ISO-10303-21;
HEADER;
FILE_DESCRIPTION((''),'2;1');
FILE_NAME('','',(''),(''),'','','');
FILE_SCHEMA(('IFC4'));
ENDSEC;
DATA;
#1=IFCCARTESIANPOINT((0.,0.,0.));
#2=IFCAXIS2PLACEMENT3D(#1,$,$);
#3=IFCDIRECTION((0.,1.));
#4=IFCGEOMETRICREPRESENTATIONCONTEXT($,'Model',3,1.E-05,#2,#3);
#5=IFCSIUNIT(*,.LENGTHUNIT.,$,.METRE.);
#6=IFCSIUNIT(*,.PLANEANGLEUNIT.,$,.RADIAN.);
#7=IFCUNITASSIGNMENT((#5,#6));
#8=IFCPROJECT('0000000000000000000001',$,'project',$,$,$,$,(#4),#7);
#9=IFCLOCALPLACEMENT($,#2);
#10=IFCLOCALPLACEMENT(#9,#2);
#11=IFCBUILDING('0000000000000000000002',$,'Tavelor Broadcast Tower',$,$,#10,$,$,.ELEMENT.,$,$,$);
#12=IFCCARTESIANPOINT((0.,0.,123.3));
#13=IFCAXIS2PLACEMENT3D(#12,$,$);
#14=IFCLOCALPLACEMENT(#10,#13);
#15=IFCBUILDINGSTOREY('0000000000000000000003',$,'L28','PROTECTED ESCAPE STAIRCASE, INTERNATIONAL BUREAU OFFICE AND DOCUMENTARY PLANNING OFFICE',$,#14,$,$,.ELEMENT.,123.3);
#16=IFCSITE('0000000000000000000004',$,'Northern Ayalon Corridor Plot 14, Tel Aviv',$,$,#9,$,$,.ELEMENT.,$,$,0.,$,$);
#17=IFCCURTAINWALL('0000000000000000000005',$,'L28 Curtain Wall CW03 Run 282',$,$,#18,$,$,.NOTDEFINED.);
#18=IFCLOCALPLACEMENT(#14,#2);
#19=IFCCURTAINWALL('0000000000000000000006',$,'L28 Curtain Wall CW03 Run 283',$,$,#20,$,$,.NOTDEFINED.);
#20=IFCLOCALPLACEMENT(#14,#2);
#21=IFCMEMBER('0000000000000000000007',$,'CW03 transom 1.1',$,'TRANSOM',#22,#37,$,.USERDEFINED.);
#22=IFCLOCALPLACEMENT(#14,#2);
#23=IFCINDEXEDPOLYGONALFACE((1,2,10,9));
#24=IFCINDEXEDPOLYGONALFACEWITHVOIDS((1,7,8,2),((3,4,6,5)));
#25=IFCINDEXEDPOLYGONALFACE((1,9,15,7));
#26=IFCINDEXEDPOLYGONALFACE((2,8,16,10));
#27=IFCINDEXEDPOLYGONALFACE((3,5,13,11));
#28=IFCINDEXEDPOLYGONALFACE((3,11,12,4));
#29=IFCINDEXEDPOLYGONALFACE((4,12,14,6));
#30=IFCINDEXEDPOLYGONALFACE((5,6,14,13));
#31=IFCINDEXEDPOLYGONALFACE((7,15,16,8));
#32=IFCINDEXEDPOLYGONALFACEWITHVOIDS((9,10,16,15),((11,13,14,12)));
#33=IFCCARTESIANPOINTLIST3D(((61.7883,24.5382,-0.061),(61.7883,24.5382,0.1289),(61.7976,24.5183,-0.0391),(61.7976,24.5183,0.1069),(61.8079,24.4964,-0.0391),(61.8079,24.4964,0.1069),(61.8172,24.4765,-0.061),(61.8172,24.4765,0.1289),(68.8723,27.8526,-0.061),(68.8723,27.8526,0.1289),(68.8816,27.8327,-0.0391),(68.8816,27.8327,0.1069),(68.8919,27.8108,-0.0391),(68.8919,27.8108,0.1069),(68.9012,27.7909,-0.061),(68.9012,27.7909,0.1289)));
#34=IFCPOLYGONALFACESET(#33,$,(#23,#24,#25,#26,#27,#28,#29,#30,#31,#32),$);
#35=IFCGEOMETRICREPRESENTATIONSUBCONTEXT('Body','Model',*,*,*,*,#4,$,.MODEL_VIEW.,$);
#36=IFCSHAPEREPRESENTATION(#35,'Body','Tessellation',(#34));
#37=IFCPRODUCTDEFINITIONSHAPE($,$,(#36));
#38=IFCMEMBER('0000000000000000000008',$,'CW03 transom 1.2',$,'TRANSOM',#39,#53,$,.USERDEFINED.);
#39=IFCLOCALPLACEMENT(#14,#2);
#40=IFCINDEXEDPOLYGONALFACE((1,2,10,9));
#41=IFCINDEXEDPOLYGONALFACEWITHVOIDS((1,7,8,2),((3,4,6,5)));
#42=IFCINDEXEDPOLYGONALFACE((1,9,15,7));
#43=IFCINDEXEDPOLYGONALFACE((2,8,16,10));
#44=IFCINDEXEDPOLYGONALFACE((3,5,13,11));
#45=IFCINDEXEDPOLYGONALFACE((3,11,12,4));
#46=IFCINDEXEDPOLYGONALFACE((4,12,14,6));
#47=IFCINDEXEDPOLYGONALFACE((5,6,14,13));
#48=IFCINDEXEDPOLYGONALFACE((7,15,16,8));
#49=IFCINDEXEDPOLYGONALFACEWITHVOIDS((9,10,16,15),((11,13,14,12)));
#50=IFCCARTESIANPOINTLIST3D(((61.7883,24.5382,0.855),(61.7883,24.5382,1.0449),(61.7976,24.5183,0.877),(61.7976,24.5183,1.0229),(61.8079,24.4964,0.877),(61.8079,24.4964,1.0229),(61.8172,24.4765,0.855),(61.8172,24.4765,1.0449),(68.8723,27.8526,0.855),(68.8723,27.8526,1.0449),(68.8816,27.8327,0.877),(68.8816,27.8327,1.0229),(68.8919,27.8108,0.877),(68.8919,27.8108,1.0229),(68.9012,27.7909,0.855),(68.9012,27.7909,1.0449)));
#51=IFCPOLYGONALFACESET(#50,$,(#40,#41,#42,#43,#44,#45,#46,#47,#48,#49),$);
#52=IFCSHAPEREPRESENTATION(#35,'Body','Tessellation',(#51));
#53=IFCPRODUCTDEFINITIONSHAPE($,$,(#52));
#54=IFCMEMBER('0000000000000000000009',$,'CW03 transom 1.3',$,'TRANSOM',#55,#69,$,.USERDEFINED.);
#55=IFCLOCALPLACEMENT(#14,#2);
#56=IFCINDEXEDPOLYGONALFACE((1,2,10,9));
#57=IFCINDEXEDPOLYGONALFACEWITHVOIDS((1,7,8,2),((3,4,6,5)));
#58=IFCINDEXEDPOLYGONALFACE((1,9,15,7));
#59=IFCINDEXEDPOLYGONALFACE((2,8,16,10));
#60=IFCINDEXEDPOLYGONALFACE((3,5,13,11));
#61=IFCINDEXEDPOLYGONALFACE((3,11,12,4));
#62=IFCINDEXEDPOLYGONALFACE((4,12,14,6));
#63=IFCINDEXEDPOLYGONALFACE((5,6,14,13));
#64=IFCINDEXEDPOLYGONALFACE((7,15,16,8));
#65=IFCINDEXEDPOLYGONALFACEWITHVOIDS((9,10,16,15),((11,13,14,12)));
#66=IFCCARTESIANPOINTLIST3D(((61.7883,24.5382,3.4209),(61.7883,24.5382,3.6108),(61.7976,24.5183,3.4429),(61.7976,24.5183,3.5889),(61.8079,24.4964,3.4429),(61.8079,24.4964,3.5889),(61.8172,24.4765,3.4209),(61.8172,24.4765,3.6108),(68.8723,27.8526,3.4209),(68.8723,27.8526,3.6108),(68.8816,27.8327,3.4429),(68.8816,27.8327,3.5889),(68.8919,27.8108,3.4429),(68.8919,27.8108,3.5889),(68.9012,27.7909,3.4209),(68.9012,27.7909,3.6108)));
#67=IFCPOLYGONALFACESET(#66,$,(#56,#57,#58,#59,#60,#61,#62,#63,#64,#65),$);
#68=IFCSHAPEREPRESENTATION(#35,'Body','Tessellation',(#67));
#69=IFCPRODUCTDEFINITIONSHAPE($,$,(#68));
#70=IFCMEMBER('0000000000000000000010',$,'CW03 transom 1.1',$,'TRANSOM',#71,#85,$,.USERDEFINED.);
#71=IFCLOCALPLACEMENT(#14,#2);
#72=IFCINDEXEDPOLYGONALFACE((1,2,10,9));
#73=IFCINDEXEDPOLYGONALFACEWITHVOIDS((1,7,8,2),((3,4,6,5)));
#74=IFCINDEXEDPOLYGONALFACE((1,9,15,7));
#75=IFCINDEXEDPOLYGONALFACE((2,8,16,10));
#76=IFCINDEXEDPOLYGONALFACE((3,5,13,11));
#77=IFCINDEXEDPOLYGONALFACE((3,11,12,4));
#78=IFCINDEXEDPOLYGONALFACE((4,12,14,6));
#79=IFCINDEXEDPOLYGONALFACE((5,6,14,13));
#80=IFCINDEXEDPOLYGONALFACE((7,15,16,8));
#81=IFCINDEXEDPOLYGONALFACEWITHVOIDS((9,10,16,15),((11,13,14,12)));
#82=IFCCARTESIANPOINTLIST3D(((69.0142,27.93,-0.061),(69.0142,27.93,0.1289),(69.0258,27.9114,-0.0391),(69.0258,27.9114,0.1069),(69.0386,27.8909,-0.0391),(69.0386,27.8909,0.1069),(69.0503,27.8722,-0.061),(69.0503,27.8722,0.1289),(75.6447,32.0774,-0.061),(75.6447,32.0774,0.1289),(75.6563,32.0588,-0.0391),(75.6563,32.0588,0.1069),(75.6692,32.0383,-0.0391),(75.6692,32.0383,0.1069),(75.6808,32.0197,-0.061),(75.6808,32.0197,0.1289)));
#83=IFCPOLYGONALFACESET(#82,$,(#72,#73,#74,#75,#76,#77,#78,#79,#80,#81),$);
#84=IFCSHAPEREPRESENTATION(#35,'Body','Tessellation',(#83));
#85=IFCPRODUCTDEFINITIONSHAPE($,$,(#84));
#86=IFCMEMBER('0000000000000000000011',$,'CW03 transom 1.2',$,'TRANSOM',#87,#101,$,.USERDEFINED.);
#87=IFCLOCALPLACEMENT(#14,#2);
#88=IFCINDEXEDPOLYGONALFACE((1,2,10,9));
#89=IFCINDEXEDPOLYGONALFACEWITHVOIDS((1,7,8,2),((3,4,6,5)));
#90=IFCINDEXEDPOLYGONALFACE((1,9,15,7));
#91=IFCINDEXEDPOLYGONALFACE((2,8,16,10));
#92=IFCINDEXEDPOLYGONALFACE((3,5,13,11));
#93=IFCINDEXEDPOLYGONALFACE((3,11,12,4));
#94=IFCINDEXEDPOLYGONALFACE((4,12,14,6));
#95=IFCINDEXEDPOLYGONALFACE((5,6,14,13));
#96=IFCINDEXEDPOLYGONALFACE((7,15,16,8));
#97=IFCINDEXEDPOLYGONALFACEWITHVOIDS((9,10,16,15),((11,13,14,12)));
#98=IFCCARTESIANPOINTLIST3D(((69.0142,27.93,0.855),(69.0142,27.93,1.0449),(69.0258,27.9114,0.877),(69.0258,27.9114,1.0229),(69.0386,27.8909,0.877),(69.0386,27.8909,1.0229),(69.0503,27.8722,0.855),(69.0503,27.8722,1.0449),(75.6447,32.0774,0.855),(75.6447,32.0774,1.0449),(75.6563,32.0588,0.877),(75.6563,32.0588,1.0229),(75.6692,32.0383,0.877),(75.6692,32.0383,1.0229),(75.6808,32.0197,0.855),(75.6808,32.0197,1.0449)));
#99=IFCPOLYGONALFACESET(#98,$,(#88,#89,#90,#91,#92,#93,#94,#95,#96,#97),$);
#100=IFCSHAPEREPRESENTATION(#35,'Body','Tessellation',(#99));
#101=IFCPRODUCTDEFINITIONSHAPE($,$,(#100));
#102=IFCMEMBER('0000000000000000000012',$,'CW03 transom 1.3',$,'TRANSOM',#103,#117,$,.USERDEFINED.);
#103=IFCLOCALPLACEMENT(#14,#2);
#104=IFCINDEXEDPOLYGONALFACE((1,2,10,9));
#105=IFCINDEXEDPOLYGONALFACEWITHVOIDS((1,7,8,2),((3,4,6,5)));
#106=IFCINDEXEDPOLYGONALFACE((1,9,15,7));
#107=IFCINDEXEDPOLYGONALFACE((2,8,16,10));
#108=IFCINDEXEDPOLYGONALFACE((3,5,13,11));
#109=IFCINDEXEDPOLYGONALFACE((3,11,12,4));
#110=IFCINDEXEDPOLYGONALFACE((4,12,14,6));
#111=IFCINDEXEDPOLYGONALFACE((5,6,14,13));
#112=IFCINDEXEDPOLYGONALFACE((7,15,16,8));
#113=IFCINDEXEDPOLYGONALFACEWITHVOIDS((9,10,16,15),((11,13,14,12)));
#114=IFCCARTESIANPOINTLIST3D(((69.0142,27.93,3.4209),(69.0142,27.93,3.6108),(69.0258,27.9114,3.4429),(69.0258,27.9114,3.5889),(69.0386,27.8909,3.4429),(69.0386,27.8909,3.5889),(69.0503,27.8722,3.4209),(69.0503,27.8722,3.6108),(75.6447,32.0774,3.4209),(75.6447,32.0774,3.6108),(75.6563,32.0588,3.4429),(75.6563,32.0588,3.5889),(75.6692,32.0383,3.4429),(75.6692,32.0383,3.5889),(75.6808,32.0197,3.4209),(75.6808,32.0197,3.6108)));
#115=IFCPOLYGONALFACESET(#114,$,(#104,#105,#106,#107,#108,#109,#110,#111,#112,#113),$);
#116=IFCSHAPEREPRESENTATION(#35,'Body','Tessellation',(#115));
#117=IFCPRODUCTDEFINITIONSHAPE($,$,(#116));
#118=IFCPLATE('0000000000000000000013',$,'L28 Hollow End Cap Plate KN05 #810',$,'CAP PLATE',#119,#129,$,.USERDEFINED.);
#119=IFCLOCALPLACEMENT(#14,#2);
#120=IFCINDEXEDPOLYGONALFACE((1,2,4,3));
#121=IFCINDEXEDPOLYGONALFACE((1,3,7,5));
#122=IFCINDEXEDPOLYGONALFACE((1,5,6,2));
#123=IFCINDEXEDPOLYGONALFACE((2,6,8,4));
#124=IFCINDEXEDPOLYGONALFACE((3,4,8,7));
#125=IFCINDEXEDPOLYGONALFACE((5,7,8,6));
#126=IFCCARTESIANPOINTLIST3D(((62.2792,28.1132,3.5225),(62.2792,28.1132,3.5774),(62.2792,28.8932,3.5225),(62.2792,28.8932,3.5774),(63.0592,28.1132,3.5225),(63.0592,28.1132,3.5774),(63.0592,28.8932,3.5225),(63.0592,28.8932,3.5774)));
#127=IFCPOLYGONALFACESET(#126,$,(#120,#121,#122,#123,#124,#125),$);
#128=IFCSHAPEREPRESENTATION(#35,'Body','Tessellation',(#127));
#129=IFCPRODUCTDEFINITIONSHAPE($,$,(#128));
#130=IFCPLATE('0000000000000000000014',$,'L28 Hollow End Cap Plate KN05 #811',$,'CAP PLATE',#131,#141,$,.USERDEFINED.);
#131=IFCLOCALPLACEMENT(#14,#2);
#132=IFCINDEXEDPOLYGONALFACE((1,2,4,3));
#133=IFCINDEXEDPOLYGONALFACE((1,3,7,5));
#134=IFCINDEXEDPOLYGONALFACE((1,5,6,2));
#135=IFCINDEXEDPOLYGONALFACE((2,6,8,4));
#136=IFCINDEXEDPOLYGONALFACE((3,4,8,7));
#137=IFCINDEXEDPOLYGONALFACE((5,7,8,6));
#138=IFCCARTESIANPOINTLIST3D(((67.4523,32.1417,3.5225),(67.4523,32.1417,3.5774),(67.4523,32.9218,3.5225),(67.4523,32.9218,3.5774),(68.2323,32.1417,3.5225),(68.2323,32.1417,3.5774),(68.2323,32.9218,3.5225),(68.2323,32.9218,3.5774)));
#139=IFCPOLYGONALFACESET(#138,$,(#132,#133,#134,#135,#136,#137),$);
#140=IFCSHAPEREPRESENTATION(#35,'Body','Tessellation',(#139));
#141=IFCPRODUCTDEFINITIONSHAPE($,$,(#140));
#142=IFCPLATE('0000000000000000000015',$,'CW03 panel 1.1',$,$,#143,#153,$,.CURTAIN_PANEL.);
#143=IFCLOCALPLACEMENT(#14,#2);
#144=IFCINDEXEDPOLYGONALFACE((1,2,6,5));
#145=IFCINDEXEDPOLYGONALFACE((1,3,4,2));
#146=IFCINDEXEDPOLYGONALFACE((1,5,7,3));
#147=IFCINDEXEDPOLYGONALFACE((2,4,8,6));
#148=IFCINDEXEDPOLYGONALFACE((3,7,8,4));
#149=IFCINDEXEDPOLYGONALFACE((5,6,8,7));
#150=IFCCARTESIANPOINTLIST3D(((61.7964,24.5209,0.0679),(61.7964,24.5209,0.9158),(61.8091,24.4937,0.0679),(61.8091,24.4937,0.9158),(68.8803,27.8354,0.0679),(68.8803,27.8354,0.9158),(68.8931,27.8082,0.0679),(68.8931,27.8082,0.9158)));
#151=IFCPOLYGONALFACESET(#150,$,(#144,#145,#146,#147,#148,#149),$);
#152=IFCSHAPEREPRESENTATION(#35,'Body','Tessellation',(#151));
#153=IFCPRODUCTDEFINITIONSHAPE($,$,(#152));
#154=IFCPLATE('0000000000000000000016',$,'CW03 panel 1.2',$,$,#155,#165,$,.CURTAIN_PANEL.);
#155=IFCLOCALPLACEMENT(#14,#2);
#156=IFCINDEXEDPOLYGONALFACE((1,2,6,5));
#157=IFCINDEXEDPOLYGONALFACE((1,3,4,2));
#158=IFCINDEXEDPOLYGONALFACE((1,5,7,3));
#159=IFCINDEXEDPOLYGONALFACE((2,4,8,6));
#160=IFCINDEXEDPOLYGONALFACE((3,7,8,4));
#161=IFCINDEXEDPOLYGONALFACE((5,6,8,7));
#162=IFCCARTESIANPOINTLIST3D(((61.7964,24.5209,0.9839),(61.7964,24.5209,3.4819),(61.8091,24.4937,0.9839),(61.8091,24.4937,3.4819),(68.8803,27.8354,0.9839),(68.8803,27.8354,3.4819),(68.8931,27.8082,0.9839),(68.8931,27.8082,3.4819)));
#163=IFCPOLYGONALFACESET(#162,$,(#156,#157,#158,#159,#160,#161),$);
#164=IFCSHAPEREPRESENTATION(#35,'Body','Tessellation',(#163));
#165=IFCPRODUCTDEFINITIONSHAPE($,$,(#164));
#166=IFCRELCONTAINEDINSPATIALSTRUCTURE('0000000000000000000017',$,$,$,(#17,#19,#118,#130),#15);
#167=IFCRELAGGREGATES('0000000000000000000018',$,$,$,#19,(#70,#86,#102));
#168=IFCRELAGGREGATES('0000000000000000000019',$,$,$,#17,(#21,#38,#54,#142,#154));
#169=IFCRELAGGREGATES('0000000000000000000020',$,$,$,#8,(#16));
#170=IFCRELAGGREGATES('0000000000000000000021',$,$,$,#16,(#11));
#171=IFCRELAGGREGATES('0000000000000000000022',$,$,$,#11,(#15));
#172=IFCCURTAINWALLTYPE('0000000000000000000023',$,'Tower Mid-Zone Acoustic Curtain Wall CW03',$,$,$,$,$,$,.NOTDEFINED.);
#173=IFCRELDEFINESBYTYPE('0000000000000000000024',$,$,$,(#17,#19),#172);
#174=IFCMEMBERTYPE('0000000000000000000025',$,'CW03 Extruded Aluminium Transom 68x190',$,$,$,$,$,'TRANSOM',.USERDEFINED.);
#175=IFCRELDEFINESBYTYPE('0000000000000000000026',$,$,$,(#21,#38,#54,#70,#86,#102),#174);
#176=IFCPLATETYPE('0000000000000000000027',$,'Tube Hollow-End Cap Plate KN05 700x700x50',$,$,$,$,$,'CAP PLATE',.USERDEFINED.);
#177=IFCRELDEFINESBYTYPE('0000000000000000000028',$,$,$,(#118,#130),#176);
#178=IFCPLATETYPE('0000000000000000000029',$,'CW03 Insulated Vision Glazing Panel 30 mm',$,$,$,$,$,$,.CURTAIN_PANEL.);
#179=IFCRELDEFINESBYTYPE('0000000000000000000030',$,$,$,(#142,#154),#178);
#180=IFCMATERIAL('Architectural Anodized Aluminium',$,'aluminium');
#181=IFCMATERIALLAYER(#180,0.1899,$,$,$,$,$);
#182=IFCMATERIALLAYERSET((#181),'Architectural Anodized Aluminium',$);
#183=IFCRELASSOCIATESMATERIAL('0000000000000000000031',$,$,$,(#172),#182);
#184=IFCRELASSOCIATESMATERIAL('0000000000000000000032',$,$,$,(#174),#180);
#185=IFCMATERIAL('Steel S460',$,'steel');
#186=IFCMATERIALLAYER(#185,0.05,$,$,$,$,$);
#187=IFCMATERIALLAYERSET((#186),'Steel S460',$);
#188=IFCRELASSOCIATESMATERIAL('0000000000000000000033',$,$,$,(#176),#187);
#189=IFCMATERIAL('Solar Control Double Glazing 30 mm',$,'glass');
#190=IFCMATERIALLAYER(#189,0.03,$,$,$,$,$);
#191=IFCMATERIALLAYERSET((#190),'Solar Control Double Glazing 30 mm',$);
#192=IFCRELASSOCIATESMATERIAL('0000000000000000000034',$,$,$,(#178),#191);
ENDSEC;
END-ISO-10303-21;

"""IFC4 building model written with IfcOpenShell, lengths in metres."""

from ifc_helpers import new_model, si_unit, direction, frame, origin, origin_2d, place, context, subcontext, project, spatial, rectangle, hollow_rectangle, extrude, source, transform, mapped, material, layer, layer_set, material_profile, profile_set, type_object, type_shapes, element, aggregate, save


model = new_model("IFC4")

# Units and contexts
model_context = context("Model", 3, precision=1e-05, world=origin(), true_north=direction((0.0, 1.0)))
body_context = subcontext(model_context, "Body", "Model", "MODEL_VIEW")
ifc_project = project(units=[si_unit("LENGTHUNIT", "METRE"), si_unit("PLANEANGLEUNIT", "RADIAN")], contexts=[model_context])

# Site, building, storey
site_placement = place(None, origin())
site = spatial("IfcSite", under=ifc_project, at=site_placement, Name="Northern Ayalon Corridor Plot 14, Tel Aviv", CompositionType="ELEMENT", RefElevation=0.0)
building_placement = place(site_placement, origin())
building = spatial("IfcBuilding", under=site, at=building_placement, Name="Tavelor Broadcast Tower", CompositionType="ELEMENT")
storey_placement = place(building_placement, frame((0.0, 0.0, 123.3)))
storey = spatial("IfcBuildingStorey", under=building, at=storey_placement, Name="L28", Description="PROTECTED ESCAPE STAIRCASE, INTERNATIONAL BUREAU OFFICE AND DOCUMENTARY PLANNING OFFICE", CompositionType="ELEMENT", Elevation=123.3)

# Shared definitions
ifc_material_1 = material(Name="Steel S460", Category="steel")

# Curtain walls
ifc_material_2 = material(Name="Architectural Anodized Aluminium", Category="aluminium")
ifc_layer_1 = layer(ifc_material_2, 0.1899)
ifc_layer_set_1 = layer_set([ifc_layer_1], Name="Architectural Anodized Aluminium")
curtain_wall_type = type_object("IfcCurtainWallType", Name="Tower Mid-Zone Acoustic Curtain Wall CW03", PredefinedType="NOTDEFINED", material=ifc_layer_set_1)
curtain_wall_1_placement = place(storey_placement, origin())
curtain_wall_1 = element("IfcCurtainWall", 1, at=curtain_wall_1_placement, inside=storey, type_object=curtain_wall_type, Name="L28 Curtain Wall CW03 Run 282", PredefinedType="NOTDEFINED")
curtain_wall_2_placement = place(storey_placement, origin())
curtain_wall_2 = element("IfcCurtainWall", 2, at=curtain_wall_2_placement, inside=storey, type_object=curtain_wall_type, Name="L28 Curtain Wall CW03 Run 283", PredefinedType="NOTDEFINED")

# Members
ifc_material_profile_1 = material_profile(ifc_material_2, hollow_rectangle(XDim=0.0681, YDim=0.1899, WallThickness=0.022, at=origin_2d()), Name="RHS 68x190x22")
ifc_profile_set_1 = profile_set([ifc_material_profile_1], Name="Architectural Anodized Aluminium")
member_type_1 = type_object("IfcMemberType", Name="CW03 Extruded Aluminium Transom 68x190", ElementType="TRANSOM", PredefinedType="USERDEFINED", material=ifc_profile_set_1)
shared_shape_1 = source(origin(), body_context, "Body", "SweptSolid", [
    extrude(hollow_rectangle(XDim=0.0681, YDim=0.1899, WallThickness=0.022, at=origin_2d()), origin(), (0.0, 0.0, 1.0), 7.821),
])
member_1_placement = place(storey_placement, frame((61.8027, 24.5073, 0.0339), z_axis=(0.905762, 0.423788, 0.0), x_axis=(-0.423788, 0.905762, 0.0)))
member_1 = element("IfcMember", 3, at=member_1_placement, type_object=member_type_1, Name="CW03 transom 1.1", ObjectType="TRANSOM", PredefinedType="USERDEFINED", context=body_context, shape_type="MappedRepresentation", body=[
    mapped(shared_shape_1, transform((0.0, 0.0, 0.0), scale=1.0)),
])
member_2_placement = place(storey_placement, frame((61.8027, 24.5073, 0.95), z_axis=(0.905762, 0.423788, 0.0), x_axis=(-0.423788, 0.905762, 0.0)))
member_2 = element("IfcMember", 4, at=member_2_placement, type_object=member_type_1, Name="CW03 transom 1.2", ObjectType="TRANSOM", PredefinedType="USERDEFINED", context=body_context, shape_type="MappedRepresentation", body=[
    mapped(shared_shape_1, transform((0.0, 0.0, 0.0), scale=1.0)),
])
member_3_placement = place(storey_placement, frame((61.8027, 24.5073, 3.5159), z_axis=(0.905762, 0.423788, 0.0), x_axis=(-0.423788, 0.905762, 0.0)))
member_3 = element("IfcMember", 5, at=member_3_placement, type_object=member_type_1, Name="CW03 transom 1.3", ObjectType="TRANSOM", PredefinedType="USERDEFINED", context=body_context, shape_type="MappedRepresentation", body=[
    mapped(shared_shape_1, transform((0.0, 0.0, 0.0), scale=1.0)),
])
shared_shape_2 = source(origin(), body_context, "Body", "SweptSolid", [
    extrude(hollow_rectangle(XDim=0.0681, YDim=0.1899, WallThickness=0.022, at=origin_2d()), origin(), (0.0, 0.0, 1.0), 7.8208),
])
type_shapes(member_type_1, [shared_shape_1, shared_shape_2])
member_4_placement = place(storey_placement, frame((69.0322, 27.9011, 0.0339), z_axis=(0.847807, 0.530305, 0.0), x_axis=(-0.530305, 0.847807, 0.0)))
member_4 = element("IfcMember", 6, at=member_4_placement, type_object=member_type_1, Name="CW03 transom 1.1", ObjectType="TRANSOM", PredefinedType="USERDEFINED", context=body_context, shape_type="MappedRepresentation", body=[
    mapped(shared_shape_2, transform((0.0, 0.0, 0.0), scale=1.0)),
])
member_5_placement = place(storey_placement, frame((69.0322, 27.9011, 0.95), z_axis=(0.847807, 0.530305, 0.0), x_axis=(-0.530305, 0.847807, 0.0)))
member_5 = element("IfcMember", 7, at=member_5_placement, type_object=member_type_1, Name="CW03 transom 1.2", ObjectType="TRANSOM", PredefinedType="USERDEFINED", context=body_context, shape_type="MappedRepresentation", body=[
    mapped(shared_shape_2, transform((0.0, 0.0, 0.0), scale=1.0)),
])
member_6_placement = place(storey_placement, frame((69.0322, 27.9011, 3.5159), z_axis=(0.847807, 0.530305, 0.0), x_axis=(-0.530305, 0.847807, 0.0)))
member_6 = element("IfcMember", 8, at=member_6_placement, type_object=member_type_1, Name="CW03 transom 1.3", ObjectType="TRANSOM", PredefinedType="USERDEFINED", context=body_context, shape_type="MappedRepresentation", body=[
    mapped(shared_shape_2, transform((0.0, 0.0, 0.0), scale=1.0)),
])
aggregate(curtain_wall_2, [member_4, member_5, member_6])

# Plates
ifc_layer_2 = layer(ifc_material_1, 0.05)
ifc_layer_set_2 = layer_set([ifc_layer_2], Name="Steel S460")
plate_type_1 = type_object("IfcPlateType", Name="Tube Hollow-End Cap Plate KN05 700x700x50", ElementType="CAP PLATE", PredefinedType="USERDEFINED", material=ifc_layer_set_2)
shared_shape_3 = source(origin(), body_context, "Body", "SweptSolid", [
    extrude(rectangle(XDim=0.78, YDim=0.78, at=origin_2d()), origin(), (0.0, 0.0, 1.0), 0.0549),
])
type_shapes(plate_type_1, [shared_shape_3])
for number, where, z_axis, x_axis, name in (
    (9, (62.6692, 28.5032, 3.5225), (0.0, 0.0, 1.0), (1.0, 0.0, 0.0), "L28 Hollow End Cap Plate KN05 #810"),
    (10, (67.8423, 32.5317, 3.5225), (0.0, 0.0, 1.0), (1.0, 0.0, 0.0), "L28 Hollow End Cap Plate KN05 #811"),
):
    element("IfcPlate", number, at=place(storey_placement, frame(where, z_axis=z_axis, x_axis=x_axis)), inside=storey, type_object=plate_type_1, Name=name, ObjectType="CAP PLATE", PredefinedType="USERDEFINED", context=body_context, shape_type="MappedRepresentation", body=[
        mapped(shared_shape_3, transform((0.0, 0.0, 0.0), scale=1.0)),
    ])

# Plates
ifc_material_3 = material(Name="Solar Control Double Glazing 30 mm", Category="glass")
ifc_layer_3 = layer(ifc_material_3, 0.03)
ifc_layer_set_3 = layer_set([ifc_layer_3], Name="Solar Control Double Glazing 30 mm")
plate_type_2 = type_object("IfcPlateType", Name="CW03 Insulated Vision Glazing Panel 30 mm", PredefinedType="CURTAIN_PANEL", material=ifc_layer_set_3)
shared_shape_4 = source(origin(), body_context, "Body", "SweptSolid", [
    extrude(rectangle(XDim=7.821, YDim=0.03, at=origin_2d()), origin(), (0.0, 0.0, 1.0), 0.8479),
])
plate_1_placement = place(storey_placement, frame((65.3447, 26.1646, 0.0679), z_axis=(0.0, 0.0, 1.0), x_axis=(0.905755, 0.423802, 0.0)))
plate_1 = element("IfcPlate", 11, at=plate_1_placement, type_object=plate_type_2, Name="CW03 panel 1.1", PredefinedType="CURTAIN_PANEL", context=body_context, shape_type="MappedRepresentation", body=[
    mapped(shared_shape_4, transform((0.0, 0.0, 0.0), scale=1.0)),
])
shared_shape_5 = source(origin(), body_context, "Body", "SweptSolid", [
    extrude(rectangle(XDim=7.821, YDim=0.03, at=origin_2d()), origin(), (0.0, 0.0, 1.0), 2.498),
])
type_shapes(plate_type_2, [shared_shape_4, shared_shape_5])
plate_2_placement = place(storey_placement, frame((65.3447, 26.1646, 0.9839), z_axis=(0.0, 0.0, 1.0), x_axis=(0.905755, 0.423802, 0.0)))
plate_2 = element("IfcPlate", 12, at=plate_2_placement, type_object=plate_type_2, Name="CW03 panel 1.2", PredefinedType="CURTAIN_PANEL", context=body_context, shape_type="MappedRepresentation", body=[
    mapped(shared_shape_5, transform((0.0, 0.0, 0.0), scale=1.0)),
])
aggregate(curtain_wall_1, [member_1, member_2, member_3, plate_1, plate_2])

save(model, "model.ifc")
